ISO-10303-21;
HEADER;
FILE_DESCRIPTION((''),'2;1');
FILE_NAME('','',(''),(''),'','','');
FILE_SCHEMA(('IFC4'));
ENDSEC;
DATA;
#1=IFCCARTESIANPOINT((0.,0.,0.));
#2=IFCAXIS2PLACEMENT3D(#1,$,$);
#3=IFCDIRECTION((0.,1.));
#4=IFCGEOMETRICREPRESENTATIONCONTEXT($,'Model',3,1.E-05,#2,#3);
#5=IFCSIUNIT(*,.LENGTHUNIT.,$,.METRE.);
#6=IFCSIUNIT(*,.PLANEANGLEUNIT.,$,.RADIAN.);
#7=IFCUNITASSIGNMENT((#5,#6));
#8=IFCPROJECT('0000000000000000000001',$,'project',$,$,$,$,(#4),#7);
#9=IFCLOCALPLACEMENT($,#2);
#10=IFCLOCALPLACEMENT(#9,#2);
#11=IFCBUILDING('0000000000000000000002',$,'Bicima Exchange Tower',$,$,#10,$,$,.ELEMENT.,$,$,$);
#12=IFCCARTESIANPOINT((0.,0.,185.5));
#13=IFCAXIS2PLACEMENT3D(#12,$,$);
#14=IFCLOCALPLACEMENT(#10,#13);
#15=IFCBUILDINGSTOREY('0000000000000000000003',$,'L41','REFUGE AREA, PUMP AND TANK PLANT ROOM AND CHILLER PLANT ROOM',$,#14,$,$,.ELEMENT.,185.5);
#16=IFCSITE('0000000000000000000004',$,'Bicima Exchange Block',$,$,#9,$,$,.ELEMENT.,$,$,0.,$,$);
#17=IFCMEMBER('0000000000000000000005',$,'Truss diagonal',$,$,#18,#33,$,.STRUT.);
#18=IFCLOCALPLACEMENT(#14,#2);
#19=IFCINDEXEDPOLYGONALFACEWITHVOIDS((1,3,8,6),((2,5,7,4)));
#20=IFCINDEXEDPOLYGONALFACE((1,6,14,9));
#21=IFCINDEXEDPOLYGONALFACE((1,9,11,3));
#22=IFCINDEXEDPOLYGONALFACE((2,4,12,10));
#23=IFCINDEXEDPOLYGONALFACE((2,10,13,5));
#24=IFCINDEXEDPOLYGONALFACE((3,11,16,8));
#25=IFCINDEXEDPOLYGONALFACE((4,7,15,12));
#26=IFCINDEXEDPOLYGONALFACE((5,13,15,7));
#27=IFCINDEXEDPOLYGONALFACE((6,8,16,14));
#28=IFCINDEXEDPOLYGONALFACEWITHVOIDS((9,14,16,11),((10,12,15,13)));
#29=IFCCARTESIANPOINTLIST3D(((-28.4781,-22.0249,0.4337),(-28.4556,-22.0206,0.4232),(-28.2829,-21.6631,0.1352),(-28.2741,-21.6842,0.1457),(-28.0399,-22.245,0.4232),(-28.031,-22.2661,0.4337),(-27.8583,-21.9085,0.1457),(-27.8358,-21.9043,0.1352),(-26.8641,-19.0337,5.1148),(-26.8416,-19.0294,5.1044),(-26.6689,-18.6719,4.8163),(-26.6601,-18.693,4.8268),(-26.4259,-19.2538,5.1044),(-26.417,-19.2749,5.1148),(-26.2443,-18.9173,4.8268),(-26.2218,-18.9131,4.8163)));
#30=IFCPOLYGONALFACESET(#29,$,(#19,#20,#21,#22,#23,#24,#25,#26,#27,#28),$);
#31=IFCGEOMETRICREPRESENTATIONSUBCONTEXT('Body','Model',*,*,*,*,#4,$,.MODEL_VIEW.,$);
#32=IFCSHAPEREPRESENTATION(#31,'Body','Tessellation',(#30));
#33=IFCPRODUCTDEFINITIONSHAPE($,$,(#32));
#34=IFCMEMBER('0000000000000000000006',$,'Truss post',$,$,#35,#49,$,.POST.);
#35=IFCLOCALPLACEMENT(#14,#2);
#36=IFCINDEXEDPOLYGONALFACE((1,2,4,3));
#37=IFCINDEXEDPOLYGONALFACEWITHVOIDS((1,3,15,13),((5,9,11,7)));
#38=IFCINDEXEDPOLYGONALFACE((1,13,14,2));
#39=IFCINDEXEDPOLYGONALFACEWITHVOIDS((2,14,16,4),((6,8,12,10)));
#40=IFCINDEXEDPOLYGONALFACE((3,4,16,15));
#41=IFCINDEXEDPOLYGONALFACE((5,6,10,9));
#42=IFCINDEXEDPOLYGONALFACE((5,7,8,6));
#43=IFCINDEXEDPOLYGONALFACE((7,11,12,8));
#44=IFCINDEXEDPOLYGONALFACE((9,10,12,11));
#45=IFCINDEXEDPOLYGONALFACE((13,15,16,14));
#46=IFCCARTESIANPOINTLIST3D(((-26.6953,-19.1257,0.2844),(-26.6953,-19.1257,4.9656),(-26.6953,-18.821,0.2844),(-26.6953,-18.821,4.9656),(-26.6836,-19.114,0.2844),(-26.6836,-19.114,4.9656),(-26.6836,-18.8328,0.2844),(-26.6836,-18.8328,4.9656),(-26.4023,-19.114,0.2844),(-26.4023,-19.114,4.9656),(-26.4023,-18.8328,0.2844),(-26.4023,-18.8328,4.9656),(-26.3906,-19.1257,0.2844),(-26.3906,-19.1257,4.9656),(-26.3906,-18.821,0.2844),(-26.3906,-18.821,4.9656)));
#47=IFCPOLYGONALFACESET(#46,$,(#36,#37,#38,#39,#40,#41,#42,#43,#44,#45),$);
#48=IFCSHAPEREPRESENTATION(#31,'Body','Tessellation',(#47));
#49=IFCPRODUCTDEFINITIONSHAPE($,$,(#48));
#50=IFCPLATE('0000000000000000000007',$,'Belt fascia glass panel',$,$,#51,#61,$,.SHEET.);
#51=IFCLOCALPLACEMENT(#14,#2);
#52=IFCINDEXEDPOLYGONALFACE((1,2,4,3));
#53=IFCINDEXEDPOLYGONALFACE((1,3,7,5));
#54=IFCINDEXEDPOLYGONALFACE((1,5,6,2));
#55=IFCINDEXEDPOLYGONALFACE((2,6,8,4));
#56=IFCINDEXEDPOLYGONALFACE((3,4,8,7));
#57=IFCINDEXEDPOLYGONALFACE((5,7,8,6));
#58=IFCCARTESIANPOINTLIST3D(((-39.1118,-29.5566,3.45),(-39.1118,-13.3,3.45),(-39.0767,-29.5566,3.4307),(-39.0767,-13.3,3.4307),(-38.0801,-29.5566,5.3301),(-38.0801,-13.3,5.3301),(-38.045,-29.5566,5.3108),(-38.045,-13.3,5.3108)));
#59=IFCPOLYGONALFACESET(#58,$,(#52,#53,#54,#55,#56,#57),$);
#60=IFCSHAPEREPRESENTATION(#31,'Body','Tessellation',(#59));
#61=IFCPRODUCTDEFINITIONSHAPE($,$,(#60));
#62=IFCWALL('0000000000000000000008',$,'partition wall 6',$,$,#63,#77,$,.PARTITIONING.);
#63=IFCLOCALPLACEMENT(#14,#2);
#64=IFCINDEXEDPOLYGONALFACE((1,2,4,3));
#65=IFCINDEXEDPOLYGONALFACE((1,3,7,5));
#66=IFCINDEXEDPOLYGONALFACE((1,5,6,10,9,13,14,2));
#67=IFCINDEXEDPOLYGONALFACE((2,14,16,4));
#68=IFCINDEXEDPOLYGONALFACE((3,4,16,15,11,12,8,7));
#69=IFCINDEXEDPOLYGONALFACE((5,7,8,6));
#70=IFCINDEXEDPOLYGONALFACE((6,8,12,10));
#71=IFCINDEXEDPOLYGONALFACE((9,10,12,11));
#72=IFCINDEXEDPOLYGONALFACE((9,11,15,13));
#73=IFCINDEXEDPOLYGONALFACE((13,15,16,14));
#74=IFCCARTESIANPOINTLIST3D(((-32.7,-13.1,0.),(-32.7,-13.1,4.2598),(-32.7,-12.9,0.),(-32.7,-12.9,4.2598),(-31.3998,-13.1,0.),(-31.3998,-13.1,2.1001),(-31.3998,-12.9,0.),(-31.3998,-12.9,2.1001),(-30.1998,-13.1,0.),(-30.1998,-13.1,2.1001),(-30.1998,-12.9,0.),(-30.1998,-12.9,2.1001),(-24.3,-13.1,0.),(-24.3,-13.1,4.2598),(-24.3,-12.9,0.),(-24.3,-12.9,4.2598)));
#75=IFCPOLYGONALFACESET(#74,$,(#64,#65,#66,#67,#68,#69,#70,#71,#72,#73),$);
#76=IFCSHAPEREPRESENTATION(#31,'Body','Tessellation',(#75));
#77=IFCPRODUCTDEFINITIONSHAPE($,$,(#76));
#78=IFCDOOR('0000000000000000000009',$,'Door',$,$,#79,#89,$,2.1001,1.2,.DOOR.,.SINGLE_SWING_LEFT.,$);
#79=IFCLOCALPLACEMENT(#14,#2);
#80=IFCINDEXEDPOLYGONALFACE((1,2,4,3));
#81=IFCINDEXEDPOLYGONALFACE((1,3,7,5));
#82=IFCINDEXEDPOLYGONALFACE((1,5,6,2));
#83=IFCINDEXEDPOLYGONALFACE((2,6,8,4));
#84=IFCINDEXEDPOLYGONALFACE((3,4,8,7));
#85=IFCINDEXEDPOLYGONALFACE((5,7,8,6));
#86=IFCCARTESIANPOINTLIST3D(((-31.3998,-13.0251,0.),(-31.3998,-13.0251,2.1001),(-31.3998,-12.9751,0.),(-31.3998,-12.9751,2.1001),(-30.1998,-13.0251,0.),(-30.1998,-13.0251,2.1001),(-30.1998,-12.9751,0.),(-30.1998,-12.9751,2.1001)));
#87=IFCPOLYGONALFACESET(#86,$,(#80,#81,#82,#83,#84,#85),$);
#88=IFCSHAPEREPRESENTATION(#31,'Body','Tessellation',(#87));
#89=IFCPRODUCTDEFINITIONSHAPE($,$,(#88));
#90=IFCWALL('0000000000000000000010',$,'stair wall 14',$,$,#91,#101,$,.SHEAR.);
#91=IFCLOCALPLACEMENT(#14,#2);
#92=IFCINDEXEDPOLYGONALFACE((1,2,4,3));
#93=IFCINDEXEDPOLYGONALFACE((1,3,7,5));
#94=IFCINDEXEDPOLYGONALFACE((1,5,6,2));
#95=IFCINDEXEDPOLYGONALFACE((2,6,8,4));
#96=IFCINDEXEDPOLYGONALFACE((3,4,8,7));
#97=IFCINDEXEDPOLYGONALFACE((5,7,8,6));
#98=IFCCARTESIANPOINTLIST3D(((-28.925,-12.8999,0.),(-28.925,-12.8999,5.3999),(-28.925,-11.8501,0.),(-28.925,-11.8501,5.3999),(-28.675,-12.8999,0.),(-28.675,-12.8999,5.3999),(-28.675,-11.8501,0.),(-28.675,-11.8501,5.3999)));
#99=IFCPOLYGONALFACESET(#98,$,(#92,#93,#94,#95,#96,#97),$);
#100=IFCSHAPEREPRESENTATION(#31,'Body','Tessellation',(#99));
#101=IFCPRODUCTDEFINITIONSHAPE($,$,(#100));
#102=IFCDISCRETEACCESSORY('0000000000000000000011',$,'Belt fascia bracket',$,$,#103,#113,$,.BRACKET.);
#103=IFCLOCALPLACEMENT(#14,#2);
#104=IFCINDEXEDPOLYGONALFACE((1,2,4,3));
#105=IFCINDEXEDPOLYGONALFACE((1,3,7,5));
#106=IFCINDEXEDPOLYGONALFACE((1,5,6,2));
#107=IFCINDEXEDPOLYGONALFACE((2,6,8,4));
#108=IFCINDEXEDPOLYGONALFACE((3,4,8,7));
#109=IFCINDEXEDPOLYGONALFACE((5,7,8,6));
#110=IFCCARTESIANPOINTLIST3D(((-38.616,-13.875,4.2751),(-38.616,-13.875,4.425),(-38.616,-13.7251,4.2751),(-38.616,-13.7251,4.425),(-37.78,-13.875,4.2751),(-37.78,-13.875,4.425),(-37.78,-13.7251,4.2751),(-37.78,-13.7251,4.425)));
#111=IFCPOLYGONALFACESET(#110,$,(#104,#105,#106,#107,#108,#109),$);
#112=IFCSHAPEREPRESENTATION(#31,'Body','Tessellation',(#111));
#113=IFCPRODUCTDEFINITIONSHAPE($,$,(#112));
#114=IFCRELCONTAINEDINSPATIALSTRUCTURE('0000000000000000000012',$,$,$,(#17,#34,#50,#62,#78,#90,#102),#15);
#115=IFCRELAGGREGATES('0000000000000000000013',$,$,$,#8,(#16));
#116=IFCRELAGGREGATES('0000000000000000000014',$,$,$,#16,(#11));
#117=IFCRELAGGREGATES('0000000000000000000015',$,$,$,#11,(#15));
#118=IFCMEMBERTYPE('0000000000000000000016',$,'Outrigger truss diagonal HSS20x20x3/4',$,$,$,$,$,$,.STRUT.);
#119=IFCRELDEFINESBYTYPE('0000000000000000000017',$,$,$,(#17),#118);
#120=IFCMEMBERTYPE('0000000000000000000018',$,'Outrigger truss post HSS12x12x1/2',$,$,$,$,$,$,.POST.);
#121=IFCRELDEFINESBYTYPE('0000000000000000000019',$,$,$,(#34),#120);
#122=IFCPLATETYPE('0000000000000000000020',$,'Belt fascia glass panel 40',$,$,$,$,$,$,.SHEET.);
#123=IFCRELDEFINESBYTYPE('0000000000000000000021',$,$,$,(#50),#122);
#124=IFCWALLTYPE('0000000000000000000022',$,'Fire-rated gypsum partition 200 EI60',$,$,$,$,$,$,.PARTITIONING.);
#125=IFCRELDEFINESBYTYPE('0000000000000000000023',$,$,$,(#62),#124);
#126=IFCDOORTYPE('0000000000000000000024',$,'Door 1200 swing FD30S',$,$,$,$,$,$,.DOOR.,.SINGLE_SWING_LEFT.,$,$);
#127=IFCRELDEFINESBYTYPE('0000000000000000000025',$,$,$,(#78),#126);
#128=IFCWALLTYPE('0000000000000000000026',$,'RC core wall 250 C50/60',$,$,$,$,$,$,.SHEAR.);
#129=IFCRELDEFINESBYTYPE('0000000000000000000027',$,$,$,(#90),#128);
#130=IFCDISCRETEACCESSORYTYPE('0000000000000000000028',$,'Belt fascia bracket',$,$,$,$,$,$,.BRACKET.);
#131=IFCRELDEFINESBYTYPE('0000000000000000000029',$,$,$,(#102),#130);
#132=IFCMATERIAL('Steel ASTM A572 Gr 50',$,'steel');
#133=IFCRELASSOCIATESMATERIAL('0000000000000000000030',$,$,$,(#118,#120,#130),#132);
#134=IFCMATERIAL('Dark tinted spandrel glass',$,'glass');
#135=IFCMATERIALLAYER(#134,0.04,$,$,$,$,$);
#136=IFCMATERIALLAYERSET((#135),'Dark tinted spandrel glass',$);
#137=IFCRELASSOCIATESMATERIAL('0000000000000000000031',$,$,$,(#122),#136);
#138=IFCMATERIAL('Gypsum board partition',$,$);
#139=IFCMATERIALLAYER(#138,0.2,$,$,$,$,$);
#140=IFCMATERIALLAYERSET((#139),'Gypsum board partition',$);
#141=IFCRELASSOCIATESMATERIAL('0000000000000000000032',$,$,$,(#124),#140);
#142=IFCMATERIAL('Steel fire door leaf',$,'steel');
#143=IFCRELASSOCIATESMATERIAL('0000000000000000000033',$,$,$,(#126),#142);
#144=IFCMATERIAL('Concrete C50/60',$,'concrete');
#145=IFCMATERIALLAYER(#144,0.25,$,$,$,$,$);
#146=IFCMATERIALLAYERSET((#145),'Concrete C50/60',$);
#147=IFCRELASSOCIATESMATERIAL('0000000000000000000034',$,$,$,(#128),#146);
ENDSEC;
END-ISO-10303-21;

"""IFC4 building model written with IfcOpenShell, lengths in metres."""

from ifc_helpers import new_model, si_unit, direction, frame, frame_2d, origin, origin_2d, place, context, subcontext, project, spatial, polyline, rectangle, hollow_rectangle, outline, extrude, material, layer, layer_set, material_profile, profile_set, type_object, element, fill, save


model = new_model("IFC4")

# Units and contexts
model_context = context("Model", 3, precision=1e-05, world=origin(), true_north=direction((0.0, 1.0)))
body_context = subcontext(model_context, "Body", "Model", "MODEL_VIEW")
ifc_project = project(units=[si_unit("LENGTHUNIT", "METRE"), si_unit("PLANEANGLEUNIT", "RADIAN")], contexts=[model_context])

# Site, building, storey
site_placement = place(None, origin())
site = spatial("IfcSite", under=ifc_project, at=site_placement, Name="Bicima Exchange Block", CompositionType="ELEMENT", RefElevation=0.0)
building_placement = place(site_placement, origin())
building = spatial("IfcBuilding", under=site, at=building_placement, Name="Bicima Exchange Tower", CompositionType="ELEMENT")
storey_placement = place(building_placement, frame((0.0, 0.0, 185.5)))
storey = spatial("IfcBuildingStorey", under=building, at=storey_placement, Name="L41", Description="REFUGE AREA, PUMP AND TANK PLANT ROOM AND CHILLER PLANT ROOM", CompositionType="ELEMENT", Elevation=185.5)

# Shared definitions
ifc_material_1 = material(Name="Steel ASTM A572 Gr 50", Category="steel")
ifc_material_profile_1 = material_profile(ifc_material_1, hollow_rectangle(XDim=0.3047, YDim=0.3047, WallThickness=0.0117, at=origin_2d()))
ifc_profile_set_1 = profile_set([ifc_material_profile_1], Name="Steel ASTM A572 Gr 50")

# Members
ifc_material_profile_2 = material_profile(ifc_material_1, hollow_rectangle(XDim=0.5081, YDim=0.5081, WallThickness=0.0178, at=origin_2d()))
ifc_profile_set_2 = profile_set([ifc_material_profile_2], Name="Steel ASTM A572 Gr 50")
member_type_1 = type_object("IfcMemberType", Name="Outrigger truss diagonal HSS20x20x3/4", PredefinedType="STRUT", material=ifc_profile_set_2)
member_1_placement = place(storey_placement, frame((-26.543, -18.9734, 4.9656), z_axis=(-0.279002, -0.517068, -0.809196), x_axis=(0.880058, -0.474866, 0.0)))
element("IfcMember", 1, at=member_1_placement, inside=storey, type_object=member_type_1, Name="Truss diagonal", PredefinedType="STRUT", context=body_context, shape_type="SweptSolid", body=[
    extrude(hollow_rectangle(XDim=0.5081, YDim=0.5081, WallThickness=0.0178, at=origin_2d()), origin(), (0.0, 0.0, 1.0), 5.7849),
])
member_type_2 = type_object("IfcMemberType", Name="Outrigger truss post HSS12x12x1/2", PredefinedType="POST", material=ifc_profile_set_1)
member_2_placement = place(storey_placement, frame((-26.543, -18.9734, 0.2844), z_axis=(0.0, 0.0, 1.0), x_axis=(1.0, 0.0, 0.0)))
element("IfcMember", 2, at=member_2_placement, inside=storey, type_object=member_type_2, Name="Truss post", PredefinedType="POST", context=body_context, shape_type="SweptSolid", body=[
    extrude(hollow_rectangle(XDim=0.3047, YDim=0.3047, WallThickness=0.0117, at=origin_2d()), origin(), (0.0, 0.0, 1.0), 4.6812),
])

# Plate
ifc_material_2 = material(Name="Dark tinted spandrel glass", Category="glass")
ifc_layer_1 = layer(ifc_material_2, 0.04)
ifc_layer_set_1 = layer_set([ifc_layer_1], Name="Dark tinted spandrel glass")
plate_type = type_object("IfcPlateType", Name="Belt fascia glass panel 40", PredefinedType="SHEET", material=ifc_layer_set_1)
plate_placement = place(storey_placement, frame((-39.1118, -13.3, 3.45), z_axis=(-0.876675, 0.0, 0.481084), x_axis=(0.0, -1.0, 0.0)))
element("IfcPlate", 3, at=plate_placement, inside=storey, type_object=plate_type, Name="Belt fascia glass panel", PredefinedType="SHEET", context=body_context, shape_type="SweptSolid", body=[
    extrude(outline(polyline([(0.0, 0.0), (16.2566, 0.0), (16.2566, 2.1446), (0.0, 2.1446), (0.0, 0.0)])), origin(), (0.0, 0.0, -1.0), 0.04),
])

# Shared definitions
ifc_material_3 = material(Name="Gypsum board partition")
ifc_layer_2 = layer(ifc_material_3, 0.2)
ifc_layer_set_2 = layer_set([ifc_layer_2], Name="Gypsum board partition")
wall_type_1 = type_object("IfcWallType", Name="Fire-rated gypsum partition 200 EI60", PredefinedType="PARTITIONING", material=ifc_layer_set_2)
ifc_material_4 = material(Name="Steel fire door leaf", Category="steel")

# Wall, opening, door
wall_1_placement = place(storey_placement, frame((-32.7, -13.0, 0.0), z_axis=(0.0, 0.0, 1.0), x_axis=(1.0, 0.0, 0.0)))
wall_1 = element("IfcWall", 4, at=wall_1_placement, inside=storey, type_object=wall_type_1, Name="partition wall 6", PredefinedType="PARTITIONING", context=body_context, shape_type="SweptSolid", body=[
    extrude(rectangle(XDim=8.3999, YDim=0.2, at=frame_2d((4.2, 0.0))), origin(), (0.0, 0.0, 1.0), 4.2598),
])
opening_1_placement = place(wall_1_placement, frame((1.3, 0.0, 0.0)))
opening_1 = element("IfcOpeningElement", 5, at=opening_1_placement, cuts=wall_1, PredefinedType="OPENING", context=body_context, shape_type="SweptSolid", body=[
    extrude(rectangle(XDim=1.2, YDim=2.1001, at=frame_2d((0.6001, 1.05))), frame((0.0, 0.1118, 0.0), z_axis=(0.0, -1.0, 0.0), x_axis=(1.0, 0.0, 0.0)), (0.0, 0.0, 1.0), 0.2239),
])
door_type_1 = type_object("IfcDoorType", Name="Door 1200 swing FD30S", OperationType="SINGLE_SWING_LEFT", PredefinedType="DOOR", material=ifc_material_4)
door_1_placement = place(opening_1_placement, origin())
door_1 = element("IfcDoor", 6, at=door_1_placement, inside=storey, type_object=door_type_1, Name="Door", OperationType="SINGLE_SWING_LEFT", OverallHeight=2.1001, OverallWidth=1.2, PredefinedType="DOOR", context=body_context, shape_type="SweptSolid", body=[
    extrude(rectangle(XDim=1.2, YDim=2.1001, at=frame_2d((0.6001, 1.05))), frame((0.0, 0.0249, 0.0), z_axis=(0.0, -1.0, 0.0), x_axis=(1.0, 0.0, 0.0)), (0.0, 0.0, 1.0), 0.05),
])
fill(opening_1, door_1)

# Wall
ifc_material_5 = material(Name="Concrete C50/60", Category="concrete")
ifc_layer_3 = layer(ifc_material_5, 0.25)
ifc_layer_set_3 = layer_set([ifc_layer_3], Name="Concrete C50/60")
wall_type_2 = type_object("IfcWallType", Name="RC core wall 250 C50/60", PredefinedType="SHEAR", material=ifc_layer_set_3)
wall_2_placement = place(storey_placement, frame((-28.8, -12.8999, 0.0), z_axis=(0.0, 0.0, 1.0), x_axis=(0.0, 1.0, 0.0)))
element("IfcWall", 7, at=wall_2_placement, inside=storey, type_object=wall_type_2, Name="stair wall 14", PredefinedType="SHEAR", context=body_context, shape_type="SweptSolid", body=[
    extrude(rectangle(XDim=1.0498, YDim=0.25, at=frame_2d((0.5249, 0.0))), origin(), (0.0, 0.0, 1.0), 5.3999),
])

# Discrete accessory
discrete_accessory_type = type_object("IfcDiscreteAccessoryType", Name="Belt fascia bracket", PredefinedType="BRACKET", material=ifc_material_1)
discrete_accessory_placement = place(storey_placement, frame((-38.198, -13.8, 4.2751), z_axis=(0.0, 0.0, 1.0), x_axis=(0.0, -1.0, 0.0)))
element("IfcDiscreteAccessory", 8, at=discrete_accessory_placement, inside=storey, type_object=discrete_accessory_type, Name="Belt fascia bracket", PredefinedType="BRACKET", context=body_context, shape_type="SweptSolid", body=[
    extrude(rectangle(XDim=0.1499, YDim=0.8359, at=origin_2d()), origin(), (0.0, 0.0, 1.0), 0.1499),
])

save(model, "model.ifc")
